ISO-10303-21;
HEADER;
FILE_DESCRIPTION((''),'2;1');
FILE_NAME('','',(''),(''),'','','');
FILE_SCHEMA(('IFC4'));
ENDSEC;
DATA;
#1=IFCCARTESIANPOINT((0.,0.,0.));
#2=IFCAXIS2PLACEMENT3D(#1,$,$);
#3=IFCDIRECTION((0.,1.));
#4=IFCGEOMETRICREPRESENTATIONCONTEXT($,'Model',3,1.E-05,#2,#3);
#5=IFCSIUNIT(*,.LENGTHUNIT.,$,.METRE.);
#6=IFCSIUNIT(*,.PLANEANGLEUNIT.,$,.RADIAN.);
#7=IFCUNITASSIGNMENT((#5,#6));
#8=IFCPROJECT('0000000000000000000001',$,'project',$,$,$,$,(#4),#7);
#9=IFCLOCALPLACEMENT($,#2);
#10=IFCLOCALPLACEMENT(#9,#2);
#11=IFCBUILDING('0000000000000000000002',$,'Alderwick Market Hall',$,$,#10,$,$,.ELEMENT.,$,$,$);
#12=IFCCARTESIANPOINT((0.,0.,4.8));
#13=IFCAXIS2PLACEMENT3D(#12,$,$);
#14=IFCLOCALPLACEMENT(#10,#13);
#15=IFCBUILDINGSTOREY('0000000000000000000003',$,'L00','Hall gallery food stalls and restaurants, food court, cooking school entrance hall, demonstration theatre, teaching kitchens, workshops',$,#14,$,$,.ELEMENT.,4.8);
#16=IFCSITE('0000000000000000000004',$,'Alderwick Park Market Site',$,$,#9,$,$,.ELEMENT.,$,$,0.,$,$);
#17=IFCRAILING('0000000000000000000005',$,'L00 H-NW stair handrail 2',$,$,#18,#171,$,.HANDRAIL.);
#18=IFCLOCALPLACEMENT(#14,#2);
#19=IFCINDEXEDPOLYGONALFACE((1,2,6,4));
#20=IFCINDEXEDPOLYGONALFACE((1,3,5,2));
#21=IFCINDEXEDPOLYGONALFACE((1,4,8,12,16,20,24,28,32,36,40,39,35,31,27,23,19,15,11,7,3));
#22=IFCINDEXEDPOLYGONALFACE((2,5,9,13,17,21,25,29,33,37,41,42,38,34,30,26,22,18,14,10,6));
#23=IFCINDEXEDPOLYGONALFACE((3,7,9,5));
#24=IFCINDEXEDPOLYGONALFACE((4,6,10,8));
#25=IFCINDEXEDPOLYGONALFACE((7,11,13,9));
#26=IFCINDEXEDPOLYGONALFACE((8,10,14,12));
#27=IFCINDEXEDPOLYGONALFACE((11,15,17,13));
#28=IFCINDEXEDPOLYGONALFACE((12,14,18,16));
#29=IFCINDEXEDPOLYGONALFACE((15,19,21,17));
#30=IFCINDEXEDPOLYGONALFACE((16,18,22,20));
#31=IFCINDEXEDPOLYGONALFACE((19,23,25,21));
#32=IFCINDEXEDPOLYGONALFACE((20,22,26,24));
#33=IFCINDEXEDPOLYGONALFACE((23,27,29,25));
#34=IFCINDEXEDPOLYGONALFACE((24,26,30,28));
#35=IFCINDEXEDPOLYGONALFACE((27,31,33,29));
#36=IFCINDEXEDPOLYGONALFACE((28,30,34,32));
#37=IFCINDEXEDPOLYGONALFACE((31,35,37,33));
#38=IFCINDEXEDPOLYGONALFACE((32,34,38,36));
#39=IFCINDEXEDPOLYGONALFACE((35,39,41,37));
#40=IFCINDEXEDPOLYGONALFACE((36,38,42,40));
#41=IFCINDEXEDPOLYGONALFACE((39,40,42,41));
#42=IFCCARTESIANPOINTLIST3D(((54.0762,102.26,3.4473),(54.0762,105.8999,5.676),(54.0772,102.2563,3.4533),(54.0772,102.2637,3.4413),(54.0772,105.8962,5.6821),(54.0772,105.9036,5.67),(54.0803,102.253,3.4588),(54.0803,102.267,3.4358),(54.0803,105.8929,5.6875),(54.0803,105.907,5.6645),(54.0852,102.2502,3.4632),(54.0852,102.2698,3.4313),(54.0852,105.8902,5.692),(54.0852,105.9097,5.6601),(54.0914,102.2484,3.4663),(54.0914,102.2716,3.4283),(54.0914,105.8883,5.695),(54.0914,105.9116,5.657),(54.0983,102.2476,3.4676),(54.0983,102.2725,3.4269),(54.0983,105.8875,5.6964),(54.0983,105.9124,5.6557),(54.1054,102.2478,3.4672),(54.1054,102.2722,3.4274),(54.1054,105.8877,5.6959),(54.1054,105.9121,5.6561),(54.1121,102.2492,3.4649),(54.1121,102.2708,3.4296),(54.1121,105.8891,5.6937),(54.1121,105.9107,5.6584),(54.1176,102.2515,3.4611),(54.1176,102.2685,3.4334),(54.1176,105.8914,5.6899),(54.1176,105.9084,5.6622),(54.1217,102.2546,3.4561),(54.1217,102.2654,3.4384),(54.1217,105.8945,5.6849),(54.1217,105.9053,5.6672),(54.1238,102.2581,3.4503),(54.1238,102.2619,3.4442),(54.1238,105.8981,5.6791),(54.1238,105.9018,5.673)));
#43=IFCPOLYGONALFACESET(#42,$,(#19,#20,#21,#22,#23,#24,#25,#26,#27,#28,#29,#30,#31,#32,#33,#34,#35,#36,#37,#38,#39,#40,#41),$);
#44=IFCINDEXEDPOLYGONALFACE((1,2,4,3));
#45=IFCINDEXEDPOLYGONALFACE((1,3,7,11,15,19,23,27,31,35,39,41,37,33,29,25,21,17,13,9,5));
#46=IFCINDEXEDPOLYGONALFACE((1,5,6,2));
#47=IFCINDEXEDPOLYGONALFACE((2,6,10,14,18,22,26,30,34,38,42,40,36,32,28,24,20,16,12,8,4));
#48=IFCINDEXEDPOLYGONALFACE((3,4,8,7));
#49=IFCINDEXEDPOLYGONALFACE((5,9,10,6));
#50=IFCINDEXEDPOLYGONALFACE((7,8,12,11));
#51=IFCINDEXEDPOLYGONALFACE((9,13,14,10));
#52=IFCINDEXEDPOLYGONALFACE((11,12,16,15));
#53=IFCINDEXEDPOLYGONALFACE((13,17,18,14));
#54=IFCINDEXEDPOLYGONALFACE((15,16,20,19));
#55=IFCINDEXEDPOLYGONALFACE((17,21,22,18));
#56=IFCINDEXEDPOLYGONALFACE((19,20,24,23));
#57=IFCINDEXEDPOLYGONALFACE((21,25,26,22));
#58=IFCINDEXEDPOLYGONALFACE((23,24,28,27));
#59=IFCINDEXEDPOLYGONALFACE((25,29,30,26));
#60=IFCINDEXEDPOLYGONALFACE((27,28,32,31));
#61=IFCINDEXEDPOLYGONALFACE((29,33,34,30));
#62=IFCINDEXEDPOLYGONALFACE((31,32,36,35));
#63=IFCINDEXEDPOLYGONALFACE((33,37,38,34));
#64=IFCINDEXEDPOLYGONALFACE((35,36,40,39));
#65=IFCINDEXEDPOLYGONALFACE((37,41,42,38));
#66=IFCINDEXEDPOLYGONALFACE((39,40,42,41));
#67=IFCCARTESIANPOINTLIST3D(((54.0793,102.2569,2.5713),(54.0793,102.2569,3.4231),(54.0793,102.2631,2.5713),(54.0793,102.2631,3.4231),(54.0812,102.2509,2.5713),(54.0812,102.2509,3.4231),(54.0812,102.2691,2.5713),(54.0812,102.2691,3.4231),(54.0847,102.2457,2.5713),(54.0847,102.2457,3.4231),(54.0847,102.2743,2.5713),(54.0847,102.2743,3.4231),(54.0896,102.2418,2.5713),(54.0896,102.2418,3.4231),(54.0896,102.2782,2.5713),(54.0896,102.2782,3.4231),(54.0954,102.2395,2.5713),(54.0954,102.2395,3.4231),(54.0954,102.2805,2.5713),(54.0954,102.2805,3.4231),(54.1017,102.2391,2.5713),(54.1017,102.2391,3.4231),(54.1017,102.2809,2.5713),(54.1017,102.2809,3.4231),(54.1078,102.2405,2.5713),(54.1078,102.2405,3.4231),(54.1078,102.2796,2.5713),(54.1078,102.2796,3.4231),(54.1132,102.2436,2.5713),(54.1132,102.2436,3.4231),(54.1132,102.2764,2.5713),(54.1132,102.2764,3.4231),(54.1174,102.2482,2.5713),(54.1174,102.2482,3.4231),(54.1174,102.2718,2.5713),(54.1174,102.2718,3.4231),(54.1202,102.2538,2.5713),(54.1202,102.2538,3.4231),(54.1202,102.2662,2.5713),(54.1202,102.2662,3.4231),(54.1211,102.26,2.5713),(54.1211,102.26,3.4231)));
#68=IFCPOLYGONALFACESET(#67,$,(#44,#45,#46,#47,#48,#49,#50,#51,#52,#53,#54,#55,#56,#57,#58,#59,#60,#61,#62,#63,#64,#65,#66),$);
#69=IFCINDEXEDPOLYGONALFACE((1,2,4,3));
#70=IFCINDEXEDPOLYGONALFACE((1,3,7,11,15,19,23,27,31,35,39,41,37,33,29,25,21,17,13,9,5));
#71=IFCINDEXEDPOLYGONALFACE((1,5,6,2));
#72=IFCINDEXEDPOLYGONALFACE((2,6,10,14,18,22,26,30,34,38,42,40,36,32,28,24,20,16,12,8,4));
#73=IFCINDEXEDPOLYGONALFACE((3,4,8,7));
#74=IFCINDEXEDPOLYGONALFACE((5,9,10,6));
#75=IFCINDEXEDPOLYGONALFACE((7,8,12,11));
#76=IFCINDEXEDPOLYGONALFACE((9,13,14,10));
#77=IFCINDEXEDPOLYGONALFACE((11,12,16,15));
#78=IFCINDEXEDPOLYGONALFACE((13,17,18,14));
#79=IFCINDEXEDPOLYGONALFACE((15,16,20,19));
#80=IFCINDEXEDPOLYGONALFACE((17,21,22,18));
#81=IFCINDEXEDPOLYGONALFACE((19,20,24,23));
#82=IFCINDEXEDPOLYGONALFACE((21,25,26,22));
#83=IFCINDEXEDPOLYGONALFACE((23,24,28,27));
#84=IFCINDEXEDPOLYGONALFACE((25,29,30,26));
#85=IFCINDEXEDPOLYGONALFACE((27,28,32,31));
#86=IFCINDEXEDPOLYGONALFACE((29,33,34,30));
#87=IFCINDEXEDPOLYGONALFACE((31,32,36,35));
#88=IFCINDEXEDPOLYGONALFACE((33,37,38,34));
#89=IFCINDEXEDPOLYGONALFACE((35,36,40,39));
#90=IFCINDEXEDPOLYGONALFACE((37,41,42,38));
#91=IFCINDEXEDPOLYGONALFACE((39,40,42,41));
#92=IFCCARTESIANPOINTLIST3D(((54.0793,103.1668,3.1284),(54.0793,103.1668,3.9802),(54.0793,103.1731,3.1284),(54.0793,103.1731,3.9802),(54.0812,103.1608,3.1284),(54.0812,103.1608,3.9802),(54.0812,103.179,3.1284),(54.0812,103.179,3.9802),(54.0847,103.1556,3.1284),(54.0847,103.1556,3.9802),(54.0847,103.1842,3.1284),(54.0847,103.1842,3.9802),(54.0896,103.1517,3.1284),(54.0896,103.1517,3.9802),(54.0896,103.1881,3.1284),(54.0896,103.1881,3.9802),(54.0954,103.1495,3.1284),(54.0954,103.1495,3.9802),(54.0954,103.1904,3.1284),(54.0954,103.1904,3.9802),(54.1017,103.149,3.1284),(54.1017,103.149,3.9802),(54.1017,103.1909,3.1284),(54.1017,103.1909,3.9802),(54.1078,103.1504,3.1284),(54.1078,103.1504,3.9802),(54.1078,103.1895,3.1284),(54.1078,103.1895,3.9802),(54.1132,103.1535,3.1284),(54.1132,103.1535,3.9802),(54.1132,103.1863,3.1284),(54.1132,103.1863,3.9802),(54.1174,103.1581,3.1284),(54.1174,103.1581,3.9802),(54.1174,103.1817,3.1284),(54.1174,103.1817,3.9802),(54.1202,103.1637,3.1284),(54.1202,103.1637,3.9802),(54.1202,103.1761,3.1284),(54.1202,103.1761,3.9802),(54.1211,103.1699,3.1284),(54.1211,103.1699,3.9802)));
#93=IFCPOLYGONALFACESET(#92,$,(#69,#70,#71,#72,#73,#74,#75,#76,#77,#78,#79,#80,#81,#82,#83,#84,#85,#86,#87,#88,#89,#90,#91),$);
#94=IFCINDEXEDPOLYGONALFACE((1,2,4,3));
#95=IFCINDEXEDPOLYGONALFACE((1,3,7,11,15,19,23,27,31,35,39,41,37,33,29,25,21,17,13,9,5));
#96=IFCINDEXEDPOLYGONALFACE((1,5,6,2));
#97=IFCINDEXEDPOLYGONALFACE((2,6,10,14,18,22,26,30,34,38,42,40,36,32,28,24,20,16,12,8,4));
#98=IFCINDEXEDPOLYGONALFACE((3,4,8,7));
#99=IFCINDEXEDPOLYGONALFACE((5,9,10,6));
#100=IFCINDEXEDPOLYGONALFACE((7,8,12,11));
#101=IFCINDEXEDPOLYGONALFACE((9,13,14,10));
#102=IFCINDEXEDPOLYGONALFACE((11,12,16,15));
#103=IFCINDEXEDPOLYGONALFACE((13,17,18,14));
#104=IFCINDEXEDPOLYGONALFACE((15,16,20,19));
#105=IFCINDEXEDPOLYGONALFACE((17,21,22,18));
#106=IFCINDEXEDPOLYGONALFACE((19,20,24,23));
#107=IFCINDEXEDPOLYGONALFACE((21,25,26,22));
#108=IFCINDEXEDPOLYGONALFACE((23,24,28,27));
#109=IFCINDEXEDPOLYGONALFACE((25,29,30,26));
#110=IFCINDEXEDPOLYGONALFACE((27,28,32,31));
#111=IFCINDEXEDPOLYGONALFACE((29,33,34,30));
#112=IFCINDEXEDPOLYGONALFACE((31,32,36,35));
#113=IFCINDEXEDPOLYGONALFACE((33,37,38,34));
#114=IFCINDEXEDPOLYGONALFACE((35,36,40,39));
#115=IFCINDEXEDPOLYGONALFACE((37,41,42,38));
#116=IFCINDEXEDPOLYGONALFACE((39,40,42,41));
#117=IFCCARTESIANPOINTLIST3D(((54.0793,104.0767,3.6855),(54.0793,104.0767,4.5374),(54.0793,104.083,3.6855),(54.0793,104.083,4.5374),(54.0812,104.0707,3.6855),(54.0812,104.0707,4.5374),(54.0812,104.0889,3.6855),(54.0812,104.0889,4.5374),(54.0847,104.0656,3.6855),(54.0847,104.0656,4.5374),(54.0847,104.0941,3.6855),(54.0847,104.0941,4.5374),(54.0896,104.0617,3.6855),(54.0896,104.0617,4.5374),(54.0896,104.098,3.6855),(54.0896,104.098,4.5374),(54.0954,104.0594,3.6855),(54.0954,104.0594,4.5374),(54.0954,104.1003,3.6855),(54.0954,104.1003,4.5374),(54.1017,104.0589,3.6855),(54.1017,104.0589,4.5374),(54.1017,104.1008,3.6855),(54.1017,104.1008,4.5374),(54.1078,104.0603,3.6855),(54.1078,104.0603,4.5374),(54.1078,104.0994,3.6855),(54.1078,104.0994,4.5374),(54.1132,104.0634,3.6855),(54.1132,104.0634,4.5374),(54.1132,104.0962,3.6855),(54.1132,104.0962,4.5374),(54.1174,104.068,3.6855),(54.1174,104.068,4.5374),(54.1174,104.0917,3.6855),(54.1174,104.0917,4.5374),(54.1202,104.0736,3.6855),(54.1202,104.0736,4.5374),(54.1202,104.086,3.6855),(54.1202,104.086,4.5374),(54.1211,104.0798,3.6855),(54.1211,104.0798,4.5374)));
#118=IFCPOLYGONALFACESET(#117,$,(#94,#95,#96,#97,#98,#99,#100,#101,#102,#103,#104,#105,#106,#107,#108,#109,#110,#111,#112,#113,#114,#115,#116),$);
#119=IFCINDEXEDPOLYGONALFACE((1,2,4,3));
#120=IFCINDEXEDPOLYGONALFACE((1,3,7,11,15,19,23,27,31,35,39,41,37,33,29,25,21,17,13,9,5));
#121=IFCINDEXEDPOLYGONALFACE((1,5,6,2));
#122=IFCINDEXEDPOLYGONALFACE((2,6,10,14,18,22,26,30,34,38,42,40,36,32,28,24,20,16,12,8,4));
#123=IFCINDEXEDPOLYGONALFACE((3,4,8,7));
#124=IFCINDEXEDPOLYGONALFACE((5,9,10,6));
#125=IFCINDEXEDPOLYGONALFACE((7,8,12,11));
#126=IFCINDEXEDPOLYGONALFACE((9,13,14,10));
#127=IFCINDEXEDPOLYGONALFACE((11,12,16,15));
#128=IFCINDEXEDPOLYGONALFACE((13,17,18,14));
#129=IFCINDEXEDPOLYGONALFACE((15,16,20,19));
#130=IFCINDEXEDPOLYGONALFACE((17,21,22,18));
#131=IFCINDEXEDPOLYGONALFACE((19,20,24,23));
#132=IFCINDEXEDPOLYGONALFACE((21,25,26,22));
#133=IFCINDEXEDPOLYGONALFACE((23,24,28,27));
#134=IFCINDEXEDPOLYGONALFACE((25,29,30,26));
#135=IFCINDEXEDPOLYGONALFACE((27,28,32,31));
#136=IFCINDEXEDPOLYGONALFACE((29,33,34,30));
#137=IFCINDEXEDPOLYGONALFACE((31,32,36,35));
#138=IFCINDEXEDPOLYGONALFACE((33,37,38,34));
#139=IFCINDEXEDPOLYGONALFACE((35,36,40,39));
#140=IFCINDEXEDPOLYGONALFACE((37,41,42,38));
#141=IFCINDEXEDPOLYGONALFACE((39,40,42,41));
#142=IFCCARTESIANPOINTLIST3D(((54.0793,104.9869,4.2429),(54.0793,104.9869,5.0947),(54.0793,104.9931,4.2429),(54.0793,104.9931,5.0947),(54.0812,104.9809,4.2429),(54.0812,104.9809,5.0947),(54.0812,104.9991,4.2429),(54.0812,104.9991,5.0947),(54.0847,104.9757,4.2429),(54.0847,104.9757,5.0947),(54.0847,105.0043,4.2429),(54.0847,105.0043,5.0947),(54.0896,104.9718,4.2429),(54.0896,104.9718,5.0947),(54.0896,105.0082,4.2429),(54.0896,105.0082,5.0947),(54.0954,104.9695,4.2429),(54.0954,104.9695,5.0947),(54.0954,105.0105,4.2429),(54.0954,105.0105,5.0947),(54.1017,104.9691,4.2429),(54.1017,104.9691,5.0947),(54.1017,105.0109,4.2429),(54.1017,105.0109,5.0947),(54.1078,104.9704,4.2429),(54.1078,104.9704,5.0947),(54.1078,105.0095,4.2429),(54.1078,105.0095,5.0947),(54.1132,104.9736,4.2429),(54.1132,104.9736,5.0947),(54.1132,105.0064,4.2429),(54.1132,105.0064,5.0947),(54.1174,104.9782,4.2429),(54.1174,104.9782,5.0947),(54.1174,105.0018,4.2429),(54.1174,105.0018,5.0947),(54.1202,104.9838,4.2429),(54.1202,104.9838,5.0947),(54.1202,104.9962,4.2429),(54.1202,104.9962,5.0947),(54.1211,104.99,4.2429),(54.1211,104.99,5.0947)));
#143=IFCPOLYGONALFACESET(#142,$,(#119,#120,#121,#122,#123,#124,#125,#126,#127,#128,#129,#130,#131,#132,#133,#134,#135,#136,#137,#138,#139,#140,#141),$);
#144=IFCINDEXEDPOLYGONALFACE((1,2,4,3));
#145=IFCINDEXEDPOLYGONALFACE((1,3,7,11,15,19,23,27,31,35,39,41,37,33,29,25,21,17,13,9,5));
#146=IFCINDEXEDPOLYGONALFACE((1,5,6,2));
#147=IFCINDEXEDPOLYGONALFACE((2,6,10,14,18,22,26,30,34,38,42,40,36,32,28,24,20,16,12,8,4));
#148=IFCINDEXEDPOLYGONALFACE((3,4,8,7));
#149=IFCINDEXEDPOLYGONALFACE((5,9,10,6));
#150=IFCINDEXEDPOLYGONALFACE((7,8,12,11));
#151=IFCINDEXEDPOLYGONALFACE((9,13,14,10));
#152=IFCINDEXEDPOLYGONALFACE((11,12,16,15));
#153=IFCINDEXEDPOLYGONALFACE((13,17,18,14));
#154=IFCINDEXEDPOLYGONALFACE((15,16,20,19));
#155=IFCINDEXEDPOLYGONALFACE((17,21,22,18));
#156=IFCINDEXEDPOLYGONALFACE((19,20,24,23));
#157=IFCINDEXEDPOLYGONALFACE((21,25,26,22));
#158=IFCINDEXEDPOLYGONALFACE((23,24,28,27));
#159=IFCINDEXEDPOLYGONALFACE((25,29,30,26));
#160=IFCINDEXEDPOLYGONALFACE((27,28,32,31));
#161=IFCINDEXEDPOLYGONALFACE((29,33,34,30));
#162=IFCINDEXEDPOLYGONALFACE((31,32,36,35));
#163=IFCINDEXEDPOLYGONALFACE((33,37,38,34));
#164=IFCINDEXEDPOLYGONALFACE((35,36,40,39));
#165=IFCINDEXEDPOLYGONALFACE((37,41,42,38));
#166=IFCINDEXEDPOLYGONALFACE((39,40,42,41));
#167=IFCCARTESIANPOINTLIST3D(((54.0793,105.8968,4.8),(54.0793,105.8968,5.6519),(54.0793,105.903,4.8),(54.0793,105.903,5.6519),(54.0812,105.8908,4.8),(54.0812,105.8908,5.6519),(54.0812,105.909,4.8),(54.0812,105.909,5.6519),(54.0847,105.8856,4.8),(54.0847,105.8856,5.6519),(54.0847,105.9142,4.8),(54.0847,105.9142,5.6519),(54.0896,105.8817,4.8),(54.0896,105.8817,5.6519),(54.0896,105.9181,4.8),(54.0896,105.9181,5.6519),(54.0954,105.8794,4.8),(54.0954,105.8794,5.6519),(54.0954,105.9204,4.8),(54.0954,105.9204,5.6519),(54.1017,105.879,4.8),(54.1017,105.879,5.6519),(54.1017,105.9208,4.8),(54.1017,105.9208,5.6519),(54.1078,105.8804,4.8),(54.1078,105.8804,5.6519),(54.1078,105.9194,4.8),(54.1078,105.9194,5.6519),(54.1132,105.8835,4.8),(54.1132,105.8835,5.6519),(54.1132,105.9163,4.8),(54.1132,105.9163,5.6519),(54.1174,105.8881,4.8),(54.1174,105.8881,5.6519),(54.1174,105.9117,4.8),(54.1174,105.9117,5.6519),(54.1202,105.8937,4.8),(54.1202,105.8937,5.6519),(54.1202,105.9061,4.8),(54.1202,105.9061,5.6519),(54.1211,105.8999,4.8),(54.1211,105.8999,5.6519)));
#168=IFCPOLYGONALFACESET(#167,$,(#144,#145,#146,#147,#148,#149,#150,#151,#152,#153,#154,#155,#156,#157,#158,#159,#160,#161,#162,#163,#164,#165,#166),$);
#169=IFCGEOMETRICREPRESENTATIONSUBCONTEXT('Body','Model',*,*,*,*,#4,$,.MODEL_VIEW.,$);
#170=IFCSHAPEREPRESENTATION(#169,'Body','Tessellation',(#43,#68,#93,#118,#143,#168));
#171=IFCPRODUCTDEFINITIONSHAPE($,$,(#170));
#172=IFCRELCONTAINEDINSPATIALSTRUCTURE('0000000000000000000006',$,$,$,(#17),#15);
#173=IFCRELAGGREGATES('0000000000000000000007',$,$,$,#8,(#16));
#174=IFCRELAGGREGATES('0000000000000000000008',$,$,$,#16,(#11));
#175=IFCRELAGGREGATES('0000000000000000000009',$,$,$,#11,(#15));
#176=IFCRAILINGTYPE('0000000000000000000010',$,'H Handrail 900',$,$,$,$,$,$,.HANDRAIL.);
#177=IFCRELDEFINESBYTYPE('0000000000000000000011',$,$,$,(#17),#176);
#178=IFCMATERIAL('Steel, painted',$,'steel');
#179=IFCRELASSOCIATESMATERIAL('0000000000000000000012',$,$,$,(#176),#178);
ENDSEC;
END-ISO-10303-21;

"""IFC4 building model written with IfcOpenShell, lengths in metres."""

from ifc_helpers import new_model, si_unit, direction, frame, origin, origin_2d, place, context, subcontext, project, spatial, circle, extrude, material, type_object, element, save


model = new_model("IFC4")

# Units and contexts
model_context = context("Model", 3, precision=1e-05, world=origin(), true_north=direction((0.0, 1.0)))
body_context = subcontext(model_context, "Body", "Model", "MODEL_VIEW")
ifc_project = project(units=[si_unit("LENGTHUNIT", "METRE"), si_unit("PLANEANGLEUNIT", "RADIAN")], contexts=[model_context])

# Site, building, storey
site_placement = place(None, origin())
site = spatial("IfcSite", under=ifc_project, at=site_placement, Name="Alderwick Park Market Site", CompositionType="ELEMENT", RefElevation=0.0)
building_placement = place(site_placement, origin())
building = spatial("IfcBuilding", under=site, at=building_placement, Name="Alderwick Market Hall", CompositionType="ELEMENT")
storey_placement = place(building_placement, frame((0.0, 0.0, 4.8)))
storey = spatial("IfcBuildingStorey", under=building, at=storey_placement, Name="L00", Description="Hall gallery food stalls and restaurants, food court, cooking school entrance hall, demonstration theatre, teaching kitchens, workshops", CompositionType="ELEMENT", Elevation=4.8)

# Railing
ifc_material_1 = material(Name="Steel, painted", Category="steel")
railing_type_1 = type_object("IfcRailingType", Name="H Handrail 900", PredefinedType="HANDRAIL", material=ifc_material_1)
railing_1_placement = place(storey_placement, frame((54.1001, 102.26, 2.5713)))
element("IfcRailing", 1, at=railing_1_placement, inside=storey, type_object=railing_type_1, Name="L00 H-NW stair handrail 2", PredefinedType="HANDRAIL", context=body_context, shape_type="SweptSolid", body=[
    extrude(circle(Radius=0.0239, at=origin_2d()), frame((0.0, 0.0, 0.876), z_axis=(0.0, 0.852825, 0.522197), x_axis=(-1.0, 0.0, 0.0)), (0.0, 0.0, 1.0), 4.2681),
    extrude(circle(Radius=0.021, at=origin_2d()), origin(), (0.0, 0.0, 1.0), 0.8518),
    extrude(circle(Radius=0.021, at=origin_2d()), frame((0.0, 0.9099, 0.5571)), (0.0, 0.0, 1.0), 0.8518),
    extrude(circle(Radius=0.021, at=origin_2d()), frame((0.0, 1.8198, 1.1143)), (0.0, 0.0, 1.0), 0.8518),
    extrude(circle(Radius=0.021, at=origin_2d()), frame((0.0, 2.73, 1.6716)), (0.0, 0.0, 1.0), 0.8518),
    extrude(circle(Radius=0.021, at=origin_2d()), frame((0.0, 3.6399, 2.2288)), (0.0, 0.0, 1.0), 0.8518),
])

save(model, "model.ifc")
